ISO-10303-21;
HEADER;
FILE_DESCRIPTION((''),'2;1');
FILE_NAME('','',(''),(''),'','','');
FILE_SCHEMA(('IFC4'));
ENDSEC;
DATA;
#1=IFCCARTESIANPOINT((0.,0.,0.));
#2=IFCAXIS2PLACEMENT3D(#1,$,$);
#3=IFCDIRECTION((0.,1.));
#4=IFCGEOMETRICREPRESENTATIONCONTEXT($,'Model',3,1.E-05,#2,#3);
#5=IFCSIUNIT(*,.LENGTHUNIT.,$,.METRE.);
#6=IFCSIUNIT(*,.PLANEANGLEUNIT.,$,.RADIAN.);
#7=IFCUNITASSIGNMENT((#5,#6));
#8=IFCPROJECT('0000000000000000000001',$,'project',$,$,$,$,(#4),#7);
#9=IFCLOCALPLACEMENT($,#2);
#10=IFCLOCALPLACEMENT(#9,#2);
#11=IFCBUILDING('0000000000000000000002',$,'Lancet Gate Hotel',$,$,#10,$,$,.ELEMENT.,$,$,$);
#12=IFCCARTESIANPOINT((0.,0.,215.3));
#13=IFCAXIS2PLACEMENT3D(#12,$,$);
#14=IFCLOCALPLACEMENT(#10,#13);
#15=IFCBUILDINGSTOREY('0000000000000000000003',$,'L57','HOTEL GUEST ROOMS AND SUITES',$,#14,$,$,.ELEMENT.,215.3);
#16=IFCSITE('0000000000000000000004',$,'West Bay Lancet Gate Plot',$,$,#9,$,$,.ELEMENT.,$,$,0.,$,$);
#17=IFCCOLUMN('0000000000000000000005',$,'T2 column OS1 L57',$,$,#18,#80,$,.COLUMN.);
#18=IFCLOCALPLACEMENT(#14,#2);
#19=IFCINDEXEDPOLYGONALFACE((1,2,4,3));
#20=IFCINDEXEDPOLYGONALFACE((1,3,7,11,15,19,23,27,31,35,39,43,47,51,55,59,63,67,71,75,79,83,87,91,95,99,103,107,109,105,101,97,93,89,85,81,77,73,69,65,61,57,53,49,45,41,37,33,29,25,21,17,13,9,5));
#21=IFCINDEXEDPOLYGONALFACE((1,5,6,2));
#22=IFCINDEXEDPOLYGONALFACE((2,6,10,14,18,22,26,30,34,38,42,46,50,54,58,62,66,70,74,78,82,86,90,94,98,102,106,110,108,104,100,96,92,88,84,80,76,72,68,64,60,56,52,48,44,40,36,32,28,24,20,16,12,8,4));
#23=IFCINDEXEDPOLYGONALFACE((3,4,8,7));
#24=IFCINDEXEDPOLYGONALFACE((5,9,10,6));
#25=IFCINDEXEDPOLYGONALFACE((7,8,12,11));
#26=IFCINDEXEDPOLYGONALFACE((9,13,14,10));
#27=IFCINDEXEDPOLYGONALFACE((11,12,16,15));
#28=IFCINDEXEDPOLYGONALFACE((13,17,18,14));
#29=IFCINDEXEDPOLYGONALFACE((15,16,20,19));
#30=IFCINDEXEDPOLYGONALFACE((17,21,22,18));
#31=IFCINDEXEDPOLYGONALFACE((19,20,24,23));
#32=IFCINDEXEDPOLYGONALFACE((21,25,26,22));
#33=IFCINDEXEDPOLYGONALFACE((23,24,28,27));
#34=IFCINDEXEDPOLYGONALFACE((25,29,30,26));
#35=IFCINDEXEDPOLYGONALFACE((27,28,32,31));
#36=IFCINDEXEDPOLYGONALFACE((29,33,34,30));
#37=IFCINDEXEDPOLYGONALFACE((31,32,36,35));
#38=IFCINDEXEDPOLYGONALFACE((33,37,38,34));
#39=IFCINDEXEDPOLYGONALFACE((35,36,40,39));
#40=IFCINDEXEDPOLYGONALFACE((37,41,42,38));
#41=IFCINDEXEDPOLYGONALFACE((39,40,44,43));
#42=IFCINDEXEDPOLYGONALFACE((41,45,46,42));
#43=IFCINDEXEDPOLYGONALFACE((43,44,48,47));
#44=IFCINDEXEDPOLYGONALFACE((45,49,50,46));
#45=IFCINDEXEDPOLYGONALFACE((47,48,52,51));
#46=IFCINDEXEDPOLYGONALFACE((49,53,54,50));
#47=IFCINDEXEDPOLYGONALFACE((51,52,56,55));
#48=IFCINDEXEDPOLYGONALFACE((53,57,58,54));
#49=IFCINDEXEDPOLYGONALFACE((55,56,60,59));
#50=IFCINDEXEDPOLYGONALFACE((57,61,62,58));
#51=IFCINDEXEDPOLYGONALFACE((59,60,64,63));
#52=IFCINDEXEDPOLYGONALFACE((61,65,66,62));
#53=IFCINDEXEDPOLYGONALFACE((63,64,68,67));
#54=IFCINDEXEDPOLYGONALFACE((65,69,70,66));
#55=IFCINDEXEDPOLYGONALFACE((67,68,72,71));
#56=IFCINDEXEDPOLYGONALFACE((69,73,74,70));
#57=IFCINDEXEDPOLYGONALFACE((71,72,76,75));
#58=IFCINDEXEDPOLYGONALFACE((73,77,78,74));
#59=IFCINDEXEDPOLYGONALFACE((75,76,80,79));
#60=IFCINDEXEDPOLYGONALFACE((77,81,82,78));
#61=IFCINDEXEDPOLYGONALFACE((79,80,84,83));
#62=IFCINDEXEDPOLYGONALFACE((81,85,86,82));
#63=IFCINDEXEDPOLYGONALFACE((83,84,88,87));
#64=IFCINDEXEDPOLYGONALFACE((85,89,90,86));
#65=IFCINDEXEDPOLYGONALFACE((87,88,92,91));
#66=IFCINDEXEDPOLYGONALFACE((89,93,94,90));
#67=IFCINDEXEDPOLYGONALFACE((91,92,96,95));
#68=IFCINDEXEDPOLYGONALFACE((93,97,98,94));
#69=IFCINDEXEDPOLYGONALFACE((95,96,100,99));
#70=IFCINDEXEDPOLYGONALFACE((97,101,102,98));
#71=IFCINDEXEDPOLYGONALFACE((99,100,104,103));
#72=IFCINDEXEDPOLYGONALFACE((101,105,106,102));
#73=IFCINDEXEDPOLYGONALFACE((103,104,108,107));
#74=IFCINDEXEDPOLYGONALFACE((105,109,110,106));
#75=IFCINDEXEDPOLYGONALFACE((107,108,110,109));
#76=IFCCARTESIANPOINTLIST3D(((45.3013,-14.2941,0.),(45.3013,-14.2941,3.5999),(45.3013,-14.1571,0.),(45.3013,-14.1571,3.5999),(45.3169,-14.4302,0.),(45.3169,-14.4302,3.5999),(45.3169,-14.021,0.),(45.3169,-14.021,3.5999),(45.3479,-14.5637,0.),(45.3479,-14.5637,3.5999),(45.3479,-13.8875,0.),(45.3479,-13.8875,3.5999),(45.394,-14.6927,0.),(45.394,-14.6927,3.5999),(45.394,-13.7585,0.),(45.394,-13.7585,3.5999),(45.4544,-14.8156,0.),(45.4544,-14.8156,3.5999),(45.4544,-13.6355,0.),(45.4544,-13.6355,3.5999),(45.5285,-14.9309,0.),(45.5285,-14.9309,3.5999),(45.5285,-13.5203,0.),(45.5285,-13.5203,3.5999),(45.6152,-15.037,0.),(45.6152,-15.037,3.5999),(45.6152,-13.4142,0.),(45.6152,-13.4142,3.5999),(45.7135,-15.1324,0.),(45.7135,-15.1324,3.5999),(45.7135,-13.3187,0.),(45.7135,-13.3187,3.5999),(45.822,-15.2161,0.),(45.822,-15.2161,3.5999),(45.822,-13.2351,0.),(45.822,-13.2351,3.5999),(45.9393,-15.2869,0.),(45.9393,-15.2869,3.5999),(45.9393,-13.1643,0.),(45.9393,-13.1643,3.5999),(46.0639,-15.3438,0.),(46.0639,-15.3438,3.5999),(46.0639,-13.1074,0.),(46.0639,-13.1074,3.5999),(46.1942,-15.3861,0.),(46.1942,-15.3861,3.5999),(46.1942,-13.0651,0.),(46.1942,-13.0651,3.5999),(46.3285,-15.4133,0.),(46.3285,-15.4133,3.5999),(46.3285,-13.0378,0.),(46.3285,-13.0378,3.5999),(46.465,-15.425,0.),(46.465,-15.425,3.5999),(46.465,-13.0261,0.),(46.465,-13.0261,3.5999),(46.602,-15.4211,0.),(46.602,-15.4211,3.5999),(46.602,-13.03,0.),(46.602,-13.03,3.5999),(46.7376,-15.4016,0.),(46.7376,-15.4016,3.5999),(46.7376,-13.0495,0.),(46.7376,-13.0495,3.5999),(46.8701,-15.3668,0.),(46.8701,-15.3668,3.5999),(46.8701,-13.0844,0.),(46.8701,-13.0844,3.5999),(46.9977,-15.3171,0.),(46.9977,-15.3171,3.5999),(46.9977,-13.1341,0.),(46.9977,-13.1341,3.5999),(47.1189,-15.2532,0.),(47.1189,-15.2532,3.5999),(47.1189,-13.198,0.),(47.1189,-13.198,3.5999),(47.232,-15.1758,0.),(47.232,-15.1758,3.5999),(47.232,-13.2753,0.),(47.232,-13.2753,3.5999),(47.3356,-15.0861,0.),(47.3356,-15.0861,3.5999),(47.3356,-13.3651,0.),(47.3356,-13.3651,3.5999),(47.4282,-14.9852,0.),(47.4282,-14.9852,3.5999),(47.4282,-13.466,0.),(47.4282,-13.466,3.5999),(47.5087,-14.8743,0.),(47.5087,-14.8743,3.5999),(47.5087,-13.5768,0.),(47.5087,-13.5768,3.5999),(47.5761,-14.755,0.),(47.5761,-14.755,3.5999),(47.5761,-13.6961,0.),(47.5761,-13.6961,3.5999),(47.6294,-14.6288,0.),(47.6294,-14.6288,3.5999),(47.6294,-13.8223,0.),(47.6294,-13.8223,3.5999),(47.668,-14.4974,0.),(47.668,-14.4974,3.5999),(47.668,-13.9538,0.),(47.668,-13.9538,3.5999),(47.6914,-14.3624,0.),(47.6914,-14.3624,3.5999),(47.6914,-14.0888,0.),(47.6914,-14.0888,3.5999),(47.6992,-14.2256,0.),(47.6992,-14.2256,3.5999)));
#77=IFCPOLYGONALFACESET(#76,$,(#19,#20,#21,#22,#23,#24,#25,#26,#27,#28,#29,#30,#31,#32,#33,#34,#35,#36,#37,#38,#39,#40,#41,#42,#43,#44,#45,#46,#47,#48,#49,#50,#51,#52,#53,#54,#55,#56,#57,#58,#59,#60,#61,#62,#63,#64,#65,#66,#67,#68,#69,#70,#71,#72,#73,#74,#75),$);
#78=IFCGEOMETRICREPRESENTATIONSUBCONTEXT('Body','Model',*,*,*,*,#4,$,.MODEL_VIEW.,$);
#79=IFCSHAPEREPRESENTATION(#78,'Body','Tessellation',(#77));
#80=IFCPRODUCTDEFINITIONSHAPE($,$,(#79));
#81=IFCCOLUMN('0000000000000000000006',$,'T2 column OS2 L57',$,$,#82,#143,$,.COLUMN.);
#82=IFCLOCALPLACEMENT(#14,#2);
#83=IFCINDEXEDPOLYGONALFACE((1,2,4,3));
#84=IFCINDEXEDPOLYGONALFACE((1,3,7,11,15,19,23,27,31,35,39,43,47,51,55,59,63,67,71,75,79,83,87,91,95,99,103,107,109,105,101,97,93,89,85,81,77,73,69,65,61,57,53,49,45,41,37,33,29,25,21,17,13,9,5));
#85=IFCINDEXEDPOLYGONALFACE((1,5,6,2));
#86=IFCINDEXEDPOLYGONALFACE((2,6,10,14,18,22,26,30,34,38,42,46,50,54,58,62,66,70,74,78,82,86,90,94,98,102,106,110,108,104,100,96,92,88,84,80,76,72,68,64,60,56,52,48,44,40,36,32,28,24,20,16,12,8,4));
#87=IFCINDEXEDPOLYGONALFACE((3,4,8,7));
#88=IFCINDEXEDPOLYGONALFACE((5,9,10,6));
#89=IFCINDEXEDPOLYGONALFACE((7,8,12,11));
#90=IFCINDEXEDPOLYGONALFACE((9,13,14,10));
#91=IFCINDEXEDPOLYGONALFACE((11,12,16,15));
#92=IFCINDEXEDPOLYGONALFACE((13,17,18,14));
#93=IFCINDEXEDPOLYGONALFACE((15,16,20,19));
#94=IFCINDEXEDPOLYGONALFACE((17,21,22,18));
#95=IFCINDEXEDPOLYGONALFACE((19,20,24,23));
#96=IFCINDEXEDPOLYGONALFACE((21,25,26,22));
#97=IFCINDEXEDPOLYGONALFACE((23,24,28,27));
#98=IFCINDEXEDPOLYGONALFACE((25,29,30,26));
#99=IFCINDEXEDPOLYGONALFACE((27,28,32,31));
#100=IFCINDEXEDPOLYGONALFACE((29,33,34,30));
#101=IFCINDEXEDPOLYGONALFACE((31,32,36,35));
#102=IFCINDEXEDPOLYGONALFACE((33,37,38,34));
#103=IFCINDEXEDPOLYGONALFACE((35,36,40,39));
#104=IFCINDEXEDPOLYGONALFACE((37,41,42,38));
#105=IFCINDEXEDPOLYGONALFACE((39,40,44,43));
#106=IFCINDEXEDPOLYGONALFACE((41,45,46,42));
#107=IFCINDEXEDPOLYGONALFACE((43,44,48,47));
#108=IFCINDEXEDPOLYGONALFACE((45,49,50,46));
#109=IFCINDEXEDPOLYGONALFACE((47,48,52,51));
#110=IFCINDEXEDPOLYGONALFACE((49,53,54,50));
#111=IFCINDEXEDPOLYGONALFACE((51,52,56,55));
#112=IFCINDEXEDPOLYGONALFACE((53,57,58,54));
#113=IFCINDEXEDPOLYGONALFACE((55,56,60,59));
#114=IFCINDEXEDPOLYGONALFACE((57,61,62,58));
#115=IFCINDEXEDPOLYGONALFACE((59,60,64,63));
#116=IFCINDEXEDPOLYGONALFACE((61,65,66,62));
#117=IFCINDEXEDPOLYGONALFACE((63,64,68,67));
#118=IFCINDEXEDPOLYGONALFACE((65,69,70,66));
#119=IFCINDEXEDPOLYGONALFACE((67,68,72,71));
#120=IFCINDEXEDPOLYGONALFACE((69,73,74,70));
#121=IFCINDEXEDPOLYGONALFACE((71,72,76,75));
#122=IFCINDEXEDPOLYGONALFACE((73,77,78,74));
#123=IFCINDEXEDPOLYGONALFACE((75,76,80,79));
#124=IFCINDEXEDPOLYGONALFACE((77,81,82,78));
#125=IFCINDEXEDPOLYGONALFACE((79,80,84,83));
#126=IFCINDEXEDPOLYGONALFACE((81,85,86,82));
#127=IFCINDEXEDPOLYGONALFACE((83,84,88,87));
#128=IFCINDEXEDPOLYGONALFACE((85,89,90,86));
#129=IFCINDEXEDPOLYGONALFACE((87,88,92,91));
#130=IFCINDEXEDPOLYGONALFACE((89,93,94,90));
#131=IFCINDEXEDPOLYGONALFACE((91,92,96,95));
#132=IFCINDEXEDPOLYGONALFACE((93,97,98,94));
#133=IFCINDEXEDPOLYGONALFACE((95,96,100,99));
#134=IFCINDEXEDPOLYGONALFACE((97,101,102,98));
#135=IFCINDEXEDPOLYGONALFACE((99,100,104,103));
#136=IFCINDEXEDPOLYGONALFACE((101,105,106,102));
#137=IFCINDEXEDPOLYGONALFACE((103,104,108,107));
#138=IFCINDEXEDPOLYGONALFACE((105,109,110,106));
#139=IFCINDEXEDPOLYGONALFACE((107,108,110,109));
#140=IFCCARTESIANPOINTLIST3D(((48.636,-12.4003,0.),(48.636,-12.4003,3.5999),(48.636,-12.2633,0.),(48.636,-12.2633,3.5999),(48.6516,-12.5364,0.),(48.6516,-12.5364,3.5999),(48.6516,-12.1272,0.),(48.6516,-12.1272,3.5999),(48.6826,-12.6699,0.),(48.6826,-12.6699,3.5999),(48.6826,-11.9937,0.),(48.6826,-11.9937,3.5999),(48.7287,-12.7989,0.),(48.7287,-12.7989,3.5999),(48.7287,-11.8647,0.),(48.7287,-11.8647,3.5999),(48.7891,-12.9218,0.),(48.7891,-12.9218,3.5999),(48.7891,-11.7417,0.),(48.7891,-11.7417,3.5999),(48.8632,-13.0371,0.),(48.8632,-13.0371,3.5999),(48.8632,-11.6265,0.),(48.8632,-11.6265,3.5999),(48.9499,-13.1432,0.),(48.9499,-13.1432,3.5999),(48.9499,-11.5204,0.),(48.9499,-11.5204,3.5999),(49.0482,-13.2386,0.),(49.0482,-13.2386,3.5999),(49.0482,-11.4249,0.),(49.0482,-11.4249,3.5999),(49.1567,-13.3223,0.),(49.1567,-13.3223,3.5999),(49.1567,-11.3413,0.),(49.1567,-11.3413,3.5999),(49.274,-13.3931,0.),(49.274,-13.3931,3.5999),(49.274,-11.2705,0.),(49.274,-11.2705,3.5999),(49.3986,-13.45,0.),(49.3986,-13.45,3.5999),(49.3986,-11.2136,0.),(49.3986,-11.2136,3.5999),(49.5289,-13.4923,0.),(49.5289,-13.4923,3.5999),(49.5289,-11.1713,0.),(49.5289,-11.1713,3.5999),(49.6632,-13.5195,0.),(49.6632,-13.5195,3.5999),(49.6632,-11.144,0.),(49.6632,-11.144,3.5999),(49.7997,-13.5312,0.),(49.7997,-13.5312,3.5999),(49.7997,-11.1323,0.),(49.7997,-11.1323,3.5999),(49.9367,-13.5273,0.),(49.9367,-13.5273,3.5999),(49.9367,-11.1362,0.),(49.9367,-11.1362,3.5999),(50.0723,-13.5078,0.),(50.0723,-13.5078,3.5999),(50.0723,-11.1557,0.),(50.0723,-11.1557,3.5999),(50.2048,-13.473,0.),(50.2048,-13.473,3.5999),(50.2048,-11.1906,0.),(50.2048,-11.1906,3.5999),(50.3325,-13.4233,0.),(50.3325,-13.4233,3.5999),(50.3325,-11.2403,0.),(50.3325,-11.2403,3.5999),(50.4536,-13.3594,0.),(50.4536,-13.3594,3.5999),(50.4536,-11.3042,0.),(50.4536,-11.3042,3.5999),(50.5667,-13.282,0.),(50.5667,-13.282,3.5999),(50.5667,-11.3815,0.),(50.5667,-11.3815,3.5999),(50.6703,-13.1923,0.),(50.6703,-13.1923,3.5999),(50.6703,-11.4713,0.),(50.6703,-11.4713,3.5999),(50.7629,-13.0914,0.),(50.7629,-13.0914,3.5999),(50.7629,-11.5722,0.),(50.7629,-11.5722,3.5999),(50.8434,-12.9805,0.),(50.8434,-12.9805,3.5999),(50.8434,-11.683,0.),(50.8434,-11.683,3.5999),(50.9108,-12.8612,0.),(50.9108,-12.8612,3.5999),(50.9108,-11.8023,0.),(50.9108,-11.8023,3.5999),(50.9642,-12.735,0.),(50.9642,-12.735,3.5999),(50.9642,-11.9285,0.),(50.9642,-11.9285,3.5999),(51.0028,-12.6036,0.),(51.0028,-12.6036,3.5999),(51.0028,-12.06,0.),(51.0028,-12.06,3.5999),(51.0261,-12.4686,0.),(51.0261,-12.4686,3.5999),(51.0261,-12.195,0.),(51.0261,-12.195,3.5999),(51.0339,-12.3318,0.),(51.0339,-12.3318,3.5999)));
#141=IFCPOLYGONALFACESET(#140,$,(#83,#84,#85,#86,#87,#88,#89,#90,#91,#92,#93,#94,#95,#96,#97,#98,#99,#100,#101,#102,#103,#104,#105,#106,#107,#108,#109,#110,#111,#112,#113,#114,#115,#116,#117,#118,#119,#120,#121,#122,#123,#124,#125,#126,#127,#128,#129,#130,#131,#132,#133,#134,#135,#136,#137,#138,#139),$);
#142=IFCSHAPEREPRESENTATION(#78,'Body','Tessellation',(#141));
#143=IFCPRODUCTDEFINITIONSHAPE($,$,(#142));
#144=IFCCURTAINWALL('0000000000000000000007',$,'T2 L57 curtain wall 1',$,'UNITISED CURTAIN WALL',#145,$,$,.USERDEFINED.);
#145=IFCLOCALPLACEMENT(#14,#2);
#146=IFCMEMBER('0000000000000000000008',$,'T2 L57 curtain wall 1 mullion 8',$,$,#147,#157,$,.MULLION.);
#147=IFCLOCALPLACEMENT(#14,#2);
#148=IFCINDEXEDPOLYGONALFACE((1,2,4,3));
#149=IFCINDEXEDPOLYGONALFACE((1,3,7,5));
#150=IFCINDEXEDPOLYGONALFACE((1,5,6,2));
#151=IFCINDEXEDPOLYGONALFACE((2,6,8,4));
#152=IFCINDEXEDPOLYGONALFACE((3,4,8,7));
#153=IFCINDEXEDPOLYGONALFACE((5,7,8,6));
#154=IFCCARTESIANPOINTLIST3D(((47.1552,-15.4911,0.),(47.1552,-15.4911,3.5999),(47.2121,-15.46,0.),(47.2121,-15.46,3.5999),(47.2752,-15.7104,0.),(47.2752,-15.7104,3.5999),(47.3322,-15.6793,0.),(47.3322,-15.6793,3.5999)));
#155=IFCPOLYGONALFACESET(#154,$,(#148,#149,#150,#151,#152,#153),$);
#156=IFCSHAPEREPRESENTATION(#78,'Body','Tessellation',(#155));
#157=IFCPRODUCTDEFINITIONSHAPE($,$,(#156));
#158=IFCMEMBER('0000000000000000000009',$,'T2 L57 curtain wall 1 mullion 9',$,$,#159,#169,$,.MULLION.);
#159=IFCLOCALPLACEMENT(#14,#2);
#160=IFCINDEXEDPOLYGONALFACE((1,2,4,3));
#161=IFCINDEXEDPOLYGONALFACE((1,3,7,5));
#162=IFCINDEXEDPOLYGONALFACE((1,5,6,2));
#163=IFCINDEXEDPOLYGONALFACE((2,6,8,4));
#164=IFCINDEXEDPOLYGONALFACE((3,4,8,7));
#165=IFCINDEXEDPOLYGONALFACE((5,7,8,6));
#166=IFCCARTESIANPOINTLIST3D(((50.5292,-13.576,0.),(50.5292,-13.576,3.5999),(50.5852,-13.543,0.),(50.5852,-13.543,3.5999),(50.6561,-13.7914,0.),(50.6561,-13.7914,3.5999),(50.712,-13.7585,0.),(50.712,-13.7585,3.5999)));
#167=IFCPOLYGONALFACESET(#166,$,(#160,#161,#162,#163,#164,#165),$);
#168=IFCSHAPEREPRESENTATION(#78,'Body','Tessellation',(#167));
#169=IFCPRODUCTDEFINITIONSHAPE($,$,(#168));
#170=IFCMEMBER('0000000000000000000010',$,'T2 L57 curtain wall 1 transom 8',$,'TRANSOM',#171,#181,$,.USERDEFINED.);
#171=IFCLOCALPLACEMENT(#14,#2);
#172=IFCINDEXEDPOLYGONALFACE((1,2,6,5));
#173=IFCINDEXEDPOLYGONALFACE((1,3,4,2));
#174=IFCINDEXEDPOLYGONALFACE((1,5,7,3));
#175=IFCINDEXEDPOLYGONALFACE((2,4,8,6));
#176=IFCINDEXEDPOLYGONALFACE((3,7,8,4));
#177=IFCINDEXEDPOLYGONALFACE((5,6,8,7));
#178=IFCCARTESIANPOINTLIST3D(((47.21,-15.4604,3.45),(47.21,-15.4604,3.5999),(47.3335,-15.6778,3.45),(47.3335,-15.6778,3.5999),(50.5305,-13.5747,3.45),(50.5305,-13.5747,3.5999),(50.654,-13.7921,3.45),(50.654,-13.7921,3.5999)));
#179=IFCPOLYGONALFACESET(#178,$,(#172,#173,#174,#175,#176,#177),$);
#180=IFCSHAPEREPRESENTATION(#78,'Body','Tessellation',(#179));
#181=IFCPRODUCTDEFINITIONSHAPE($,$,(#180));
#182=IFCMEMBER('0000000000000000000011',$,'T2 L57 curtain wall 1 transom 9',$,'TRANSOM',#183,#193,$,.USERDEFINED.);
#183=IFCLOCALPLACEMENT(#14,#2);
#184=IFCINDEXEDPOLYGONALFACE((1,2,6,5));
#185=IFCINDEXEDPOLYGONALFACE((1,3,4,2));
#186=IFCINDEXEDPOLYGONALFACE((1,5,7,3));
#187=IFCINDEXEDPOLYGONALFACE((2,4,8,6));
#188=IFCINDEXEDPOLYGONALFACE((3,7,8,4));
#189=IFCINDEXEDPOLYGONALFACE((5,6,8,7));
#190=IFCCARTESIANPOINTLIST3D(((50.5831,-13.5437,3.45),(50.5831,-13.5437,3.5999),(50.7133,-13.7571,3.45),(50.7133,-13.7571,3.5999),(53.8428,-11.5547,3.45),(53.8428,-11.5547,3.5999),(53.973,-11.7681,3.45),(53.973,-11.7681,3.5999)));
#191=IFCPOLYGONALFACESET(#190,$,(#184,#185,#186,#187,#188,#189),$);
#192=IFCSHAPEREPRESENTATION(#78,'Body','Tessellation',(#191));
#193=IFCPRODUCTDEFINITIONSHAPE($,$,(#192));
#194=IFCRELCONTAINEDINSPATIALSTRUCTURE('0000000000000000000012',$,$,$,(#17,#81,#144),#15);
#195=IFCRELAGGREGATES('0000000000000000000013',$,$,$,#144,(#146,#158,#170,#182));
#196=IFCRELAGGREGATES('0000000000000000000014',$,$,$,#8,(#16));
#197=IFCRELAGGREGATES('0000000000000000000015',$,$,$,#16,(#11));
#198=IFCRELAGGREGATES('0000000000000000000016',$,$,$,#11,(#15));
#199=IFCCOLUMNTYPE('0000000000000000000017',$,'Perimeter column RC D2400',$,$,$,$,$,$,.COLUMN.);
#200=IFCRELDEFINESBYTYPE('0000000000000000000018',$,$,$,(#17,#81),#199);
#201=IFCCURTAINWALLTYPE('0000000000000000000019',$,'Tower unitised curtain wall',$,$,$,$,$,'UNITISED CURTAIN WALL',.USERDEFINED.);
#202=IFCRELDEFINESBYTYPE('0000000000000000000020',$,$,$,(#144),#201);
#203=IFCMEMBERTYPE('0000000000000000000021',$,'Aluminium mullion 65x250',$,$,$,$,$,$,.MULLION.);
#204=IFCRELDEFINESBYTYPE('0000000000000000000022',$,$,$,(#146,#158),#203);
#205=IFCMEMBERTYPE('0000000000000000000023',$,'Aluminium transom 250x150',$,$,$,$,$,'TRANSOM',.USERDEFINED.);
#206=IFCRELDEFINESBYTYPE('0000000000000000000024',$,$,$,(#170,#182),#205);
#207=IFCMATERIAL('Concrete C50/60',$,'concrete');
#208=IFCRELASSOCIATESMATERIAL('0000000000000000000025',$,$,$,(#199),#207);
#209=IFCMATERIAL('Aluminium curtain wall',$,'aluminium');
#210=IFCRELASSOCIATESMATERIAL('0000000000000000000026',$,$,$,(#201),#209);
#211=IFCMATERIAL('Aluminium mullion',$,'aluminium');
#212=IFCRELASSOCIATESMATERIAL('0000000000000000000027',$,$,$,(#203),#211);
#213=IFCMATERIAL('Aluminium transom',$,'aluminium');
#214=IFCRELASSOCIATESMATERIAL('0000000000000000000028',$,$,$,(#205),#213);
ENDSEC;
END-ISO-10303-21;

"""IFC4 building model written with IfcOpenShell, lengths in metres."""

from ifc_helpers import new_model, si_unit, direction, frame, origin, origin_2d, place, context, subcontext, project, spatial, rectangle, circle, extrude, material, material_profile, profile_set, type_object, element, aggregate, save


model = new_model("IFC4")

# Units and contexts
model_context = context("Model", 3, precision=1e-05, world=origin(), true_north=direction((0.0, 1.0)))
body_context = subcontext(model_context, "Body", "Model", "MODEL_VIEW")
ifc_project = project(units=[si_unit("LENGTHUNIT", "METRE"), si_unit("PLANEANGLEUNIT", "RADIAN")], contexts=[model_context])

# Site, building, storey
site_placement = place(None, origin())
site = spatial("IfcSite", under=ifc_project, at=site_placement, Name="West Bay Lancet Gate Plot", CompositionType="ELEMENT", RefElevation=0.0)
building_placement = place(site_placement, origin())
building = spatial("IfcBuilding", under=site, at=building_placement, Name="Lancet Gate Hotel", CompositionType="ELEMENT")
storey_placement = place(building_placement, frame((0.0, 0.0, 215.3)))
storey = spatial("IfcBuildingStorey", under=building, at=storey_placement, Name="L57", Description="HOTEL GUEST ROOMS AND SUITES", CompositionType="ELEMENT", Elevation=215.3)

# Columns
ifc_material_1 = material(Name="Concrete C50/60", Category="concrete")
ifc_material_profile_1 = material_profile(ifc_material_1, circle(Radius=1.2, at=origin_2d()), Name="RC D2400")
ifc_profile_set_1 = profile_set([ifc_material_profile_1], Name="Concrete C50/60")
column_type = type_object("IfcColumnType", Name="Perimeter column RC D2400", PredefinedType="COLUMN", material=ifc_profile_set_1)
for number, where, z_axis, x_axis, name in (
    (1, (46.4993, -14.2256, 0.0), (0.0, 0.0, 1.0), (1.0, 0.0, 0.0), "T2 column OS1 L57"),
    (2, (49.834, -12.3318, 0.0), (0.0, 0.0, 1.0), (1.0, 0.0, 0.0), "T2 column OS2 L57"),
):
    element("IfcColumn", number, at=place(storey_placement, frame(where, z_axis=z_axis, x_axis=x_axis)), inside=storey, type_object=column_type, Name=name, PredefinedType="COLUMN", context=body_context, shape_type="SweptSolid", body=[
        extrude(circle(Radius=1.2, at=origin_2d()), origin(), (0.0, 0.0, 1.0), 3.5999),
    ])

# Curtain wall, members
ifc_material_2 = material(Name="Aluminium curtain wall", Category="aluminium")
curtain_wall_type = type_object("IfcCurtainWallType", Name="Tower unitised curtain wall", ElementType="UNITISED CURTAIN WALL", PredefinedType="USERDEFINED", material=ifc_material_2)
curtain_wall_placement = place(storey_placement, origin())
curtain_wall = element("IfcCurtainWall", 3, at=curtain_wall_placement, inside=storey, type_object=curtain_wall_type, Name="T2 L57 curtain wall 1", ObjectType="UNITISED CURTAIN WALL", PredefinedType="USERDEFINED")
ifc_material_3 = material(Name="Aluminium mullion", Category="aluminium")
ifc_material_profile_2 = material_profile(ifc_material_3, rectangle(XDim=0.0649, YDim=0.25, at=origin_2d()), Name="MULLION 65x250")
ifc_profile_set_2 = profile_set([ifc_material_profile_2], Name="Aluminium mullion")
member_type_1 = type_object("IfcMemberType", Name="Aluminium mullion 65x250", PredefinedType="MULLION", material=ifc_profile_set_2)
member_1_placement = place(storey_placement, frame((47.2437, -15.5852, 0.0), z_axis=(0.0, 0.0, 1.0), x_axis=(0.877195, 0.480135, 0.0)))
member_1 = element("IfcMember", 4, at=member_1_placement, type_object=member_type_1, Name="T2 L57 curtain wall 1 mullion 8", PredefinedType="MULLION", context=body_context, shape_type="SweptSolid", body=[
    extrude(rectangle(XDim=0.0649, YDim=0.25, at=origin_2d()), origin(), (0.0, 0.0, 1.0), 3.5999),
])
member_2_placement = place(storey_placement, frame((50.6206, -13.6672, 0.0), z_axis=(0.0, 0.0, 1.0), x_axis=(0.861692, 0.507432, 0.0)))
member_2 = element("IfcMember", 5, at=member_2_placement, type_object=member_type_1, Name="T2 L57 curtain wall 1 mullion 9", PredefinedType="MULLION", context=body_context, shape_type="SweptSolid", body=[
    extrude(rectangle(XDim=0.0649, YDim=0.25, at=origin_2d()), origin(), (0.0, 0.0, 1.0), 3.5999),
])
ifc_material_4 = material(Name="Aluminium transom", Category="aluminium")
ifc_material_profile_3 = material_profile(ifc_material_4, rectangle(XDim=0.25, YDim=0.1499, at=origin_2d()), Name="TRANSOM 250x150")
ifc_profile_set_3 = profile_set([ifc_material_profile_3], Name="Aluminium transom")
member_type_2 = type_object("IfcMemberType", Name="Aluminium transom 250x150", ElementType="TRANSOM", PredefinedType="USERDEFINED", material=ifc_profile_set_3)
member_3_placement = place(storey_placement, frame((47.2717, -15.5691, 3.5249), z_axis=(0.869562, 0.493824, 0.0), x_axis=(-0.493824, 0.869562, 0.0)))
member_3 = element("IfcMember", 6, at=member_3_placement, type_object=member_type_2, Name="T2 L57 curtain wall 1 transom 8", ObjectType="TRANSOM", PredefinedType="USERDEFINED", context=body_context, shape_type="SweptSolid", body=[
    extrude(rectangle(XDim=0.25, YDim=0.1499, at=origin_2d()), origin(), (0.0, 0.0, 1.0), 3.8186),
])
member_4_placement = place(storey_placement, frame((50.6482, -13.6504, 3.5249), z_axis=(0.853639, 0.520865, 0.0), x_axis=(-0.520865, 0.853639, 0.0)))
member_4 = element("IfcMember", 7, at=member_4_placement, type_object=member_type_2, Name="T2 L57 curtain wall 1 transom 9", ObjectType="TRANSOM", PredefinedType="USERDEFINED", context=body_context, shape_type="SweptSolid", body=[
    extrude(rectangle(XDim=0.25, YDim=0.1499, at=origin_2d()), origin(), (0.0, 0.0, 1.0), 3.8186),
])

aggregate(curtain_wall, [member_1, member_2, member_3, member_4])

save(model, "model.ifc")
